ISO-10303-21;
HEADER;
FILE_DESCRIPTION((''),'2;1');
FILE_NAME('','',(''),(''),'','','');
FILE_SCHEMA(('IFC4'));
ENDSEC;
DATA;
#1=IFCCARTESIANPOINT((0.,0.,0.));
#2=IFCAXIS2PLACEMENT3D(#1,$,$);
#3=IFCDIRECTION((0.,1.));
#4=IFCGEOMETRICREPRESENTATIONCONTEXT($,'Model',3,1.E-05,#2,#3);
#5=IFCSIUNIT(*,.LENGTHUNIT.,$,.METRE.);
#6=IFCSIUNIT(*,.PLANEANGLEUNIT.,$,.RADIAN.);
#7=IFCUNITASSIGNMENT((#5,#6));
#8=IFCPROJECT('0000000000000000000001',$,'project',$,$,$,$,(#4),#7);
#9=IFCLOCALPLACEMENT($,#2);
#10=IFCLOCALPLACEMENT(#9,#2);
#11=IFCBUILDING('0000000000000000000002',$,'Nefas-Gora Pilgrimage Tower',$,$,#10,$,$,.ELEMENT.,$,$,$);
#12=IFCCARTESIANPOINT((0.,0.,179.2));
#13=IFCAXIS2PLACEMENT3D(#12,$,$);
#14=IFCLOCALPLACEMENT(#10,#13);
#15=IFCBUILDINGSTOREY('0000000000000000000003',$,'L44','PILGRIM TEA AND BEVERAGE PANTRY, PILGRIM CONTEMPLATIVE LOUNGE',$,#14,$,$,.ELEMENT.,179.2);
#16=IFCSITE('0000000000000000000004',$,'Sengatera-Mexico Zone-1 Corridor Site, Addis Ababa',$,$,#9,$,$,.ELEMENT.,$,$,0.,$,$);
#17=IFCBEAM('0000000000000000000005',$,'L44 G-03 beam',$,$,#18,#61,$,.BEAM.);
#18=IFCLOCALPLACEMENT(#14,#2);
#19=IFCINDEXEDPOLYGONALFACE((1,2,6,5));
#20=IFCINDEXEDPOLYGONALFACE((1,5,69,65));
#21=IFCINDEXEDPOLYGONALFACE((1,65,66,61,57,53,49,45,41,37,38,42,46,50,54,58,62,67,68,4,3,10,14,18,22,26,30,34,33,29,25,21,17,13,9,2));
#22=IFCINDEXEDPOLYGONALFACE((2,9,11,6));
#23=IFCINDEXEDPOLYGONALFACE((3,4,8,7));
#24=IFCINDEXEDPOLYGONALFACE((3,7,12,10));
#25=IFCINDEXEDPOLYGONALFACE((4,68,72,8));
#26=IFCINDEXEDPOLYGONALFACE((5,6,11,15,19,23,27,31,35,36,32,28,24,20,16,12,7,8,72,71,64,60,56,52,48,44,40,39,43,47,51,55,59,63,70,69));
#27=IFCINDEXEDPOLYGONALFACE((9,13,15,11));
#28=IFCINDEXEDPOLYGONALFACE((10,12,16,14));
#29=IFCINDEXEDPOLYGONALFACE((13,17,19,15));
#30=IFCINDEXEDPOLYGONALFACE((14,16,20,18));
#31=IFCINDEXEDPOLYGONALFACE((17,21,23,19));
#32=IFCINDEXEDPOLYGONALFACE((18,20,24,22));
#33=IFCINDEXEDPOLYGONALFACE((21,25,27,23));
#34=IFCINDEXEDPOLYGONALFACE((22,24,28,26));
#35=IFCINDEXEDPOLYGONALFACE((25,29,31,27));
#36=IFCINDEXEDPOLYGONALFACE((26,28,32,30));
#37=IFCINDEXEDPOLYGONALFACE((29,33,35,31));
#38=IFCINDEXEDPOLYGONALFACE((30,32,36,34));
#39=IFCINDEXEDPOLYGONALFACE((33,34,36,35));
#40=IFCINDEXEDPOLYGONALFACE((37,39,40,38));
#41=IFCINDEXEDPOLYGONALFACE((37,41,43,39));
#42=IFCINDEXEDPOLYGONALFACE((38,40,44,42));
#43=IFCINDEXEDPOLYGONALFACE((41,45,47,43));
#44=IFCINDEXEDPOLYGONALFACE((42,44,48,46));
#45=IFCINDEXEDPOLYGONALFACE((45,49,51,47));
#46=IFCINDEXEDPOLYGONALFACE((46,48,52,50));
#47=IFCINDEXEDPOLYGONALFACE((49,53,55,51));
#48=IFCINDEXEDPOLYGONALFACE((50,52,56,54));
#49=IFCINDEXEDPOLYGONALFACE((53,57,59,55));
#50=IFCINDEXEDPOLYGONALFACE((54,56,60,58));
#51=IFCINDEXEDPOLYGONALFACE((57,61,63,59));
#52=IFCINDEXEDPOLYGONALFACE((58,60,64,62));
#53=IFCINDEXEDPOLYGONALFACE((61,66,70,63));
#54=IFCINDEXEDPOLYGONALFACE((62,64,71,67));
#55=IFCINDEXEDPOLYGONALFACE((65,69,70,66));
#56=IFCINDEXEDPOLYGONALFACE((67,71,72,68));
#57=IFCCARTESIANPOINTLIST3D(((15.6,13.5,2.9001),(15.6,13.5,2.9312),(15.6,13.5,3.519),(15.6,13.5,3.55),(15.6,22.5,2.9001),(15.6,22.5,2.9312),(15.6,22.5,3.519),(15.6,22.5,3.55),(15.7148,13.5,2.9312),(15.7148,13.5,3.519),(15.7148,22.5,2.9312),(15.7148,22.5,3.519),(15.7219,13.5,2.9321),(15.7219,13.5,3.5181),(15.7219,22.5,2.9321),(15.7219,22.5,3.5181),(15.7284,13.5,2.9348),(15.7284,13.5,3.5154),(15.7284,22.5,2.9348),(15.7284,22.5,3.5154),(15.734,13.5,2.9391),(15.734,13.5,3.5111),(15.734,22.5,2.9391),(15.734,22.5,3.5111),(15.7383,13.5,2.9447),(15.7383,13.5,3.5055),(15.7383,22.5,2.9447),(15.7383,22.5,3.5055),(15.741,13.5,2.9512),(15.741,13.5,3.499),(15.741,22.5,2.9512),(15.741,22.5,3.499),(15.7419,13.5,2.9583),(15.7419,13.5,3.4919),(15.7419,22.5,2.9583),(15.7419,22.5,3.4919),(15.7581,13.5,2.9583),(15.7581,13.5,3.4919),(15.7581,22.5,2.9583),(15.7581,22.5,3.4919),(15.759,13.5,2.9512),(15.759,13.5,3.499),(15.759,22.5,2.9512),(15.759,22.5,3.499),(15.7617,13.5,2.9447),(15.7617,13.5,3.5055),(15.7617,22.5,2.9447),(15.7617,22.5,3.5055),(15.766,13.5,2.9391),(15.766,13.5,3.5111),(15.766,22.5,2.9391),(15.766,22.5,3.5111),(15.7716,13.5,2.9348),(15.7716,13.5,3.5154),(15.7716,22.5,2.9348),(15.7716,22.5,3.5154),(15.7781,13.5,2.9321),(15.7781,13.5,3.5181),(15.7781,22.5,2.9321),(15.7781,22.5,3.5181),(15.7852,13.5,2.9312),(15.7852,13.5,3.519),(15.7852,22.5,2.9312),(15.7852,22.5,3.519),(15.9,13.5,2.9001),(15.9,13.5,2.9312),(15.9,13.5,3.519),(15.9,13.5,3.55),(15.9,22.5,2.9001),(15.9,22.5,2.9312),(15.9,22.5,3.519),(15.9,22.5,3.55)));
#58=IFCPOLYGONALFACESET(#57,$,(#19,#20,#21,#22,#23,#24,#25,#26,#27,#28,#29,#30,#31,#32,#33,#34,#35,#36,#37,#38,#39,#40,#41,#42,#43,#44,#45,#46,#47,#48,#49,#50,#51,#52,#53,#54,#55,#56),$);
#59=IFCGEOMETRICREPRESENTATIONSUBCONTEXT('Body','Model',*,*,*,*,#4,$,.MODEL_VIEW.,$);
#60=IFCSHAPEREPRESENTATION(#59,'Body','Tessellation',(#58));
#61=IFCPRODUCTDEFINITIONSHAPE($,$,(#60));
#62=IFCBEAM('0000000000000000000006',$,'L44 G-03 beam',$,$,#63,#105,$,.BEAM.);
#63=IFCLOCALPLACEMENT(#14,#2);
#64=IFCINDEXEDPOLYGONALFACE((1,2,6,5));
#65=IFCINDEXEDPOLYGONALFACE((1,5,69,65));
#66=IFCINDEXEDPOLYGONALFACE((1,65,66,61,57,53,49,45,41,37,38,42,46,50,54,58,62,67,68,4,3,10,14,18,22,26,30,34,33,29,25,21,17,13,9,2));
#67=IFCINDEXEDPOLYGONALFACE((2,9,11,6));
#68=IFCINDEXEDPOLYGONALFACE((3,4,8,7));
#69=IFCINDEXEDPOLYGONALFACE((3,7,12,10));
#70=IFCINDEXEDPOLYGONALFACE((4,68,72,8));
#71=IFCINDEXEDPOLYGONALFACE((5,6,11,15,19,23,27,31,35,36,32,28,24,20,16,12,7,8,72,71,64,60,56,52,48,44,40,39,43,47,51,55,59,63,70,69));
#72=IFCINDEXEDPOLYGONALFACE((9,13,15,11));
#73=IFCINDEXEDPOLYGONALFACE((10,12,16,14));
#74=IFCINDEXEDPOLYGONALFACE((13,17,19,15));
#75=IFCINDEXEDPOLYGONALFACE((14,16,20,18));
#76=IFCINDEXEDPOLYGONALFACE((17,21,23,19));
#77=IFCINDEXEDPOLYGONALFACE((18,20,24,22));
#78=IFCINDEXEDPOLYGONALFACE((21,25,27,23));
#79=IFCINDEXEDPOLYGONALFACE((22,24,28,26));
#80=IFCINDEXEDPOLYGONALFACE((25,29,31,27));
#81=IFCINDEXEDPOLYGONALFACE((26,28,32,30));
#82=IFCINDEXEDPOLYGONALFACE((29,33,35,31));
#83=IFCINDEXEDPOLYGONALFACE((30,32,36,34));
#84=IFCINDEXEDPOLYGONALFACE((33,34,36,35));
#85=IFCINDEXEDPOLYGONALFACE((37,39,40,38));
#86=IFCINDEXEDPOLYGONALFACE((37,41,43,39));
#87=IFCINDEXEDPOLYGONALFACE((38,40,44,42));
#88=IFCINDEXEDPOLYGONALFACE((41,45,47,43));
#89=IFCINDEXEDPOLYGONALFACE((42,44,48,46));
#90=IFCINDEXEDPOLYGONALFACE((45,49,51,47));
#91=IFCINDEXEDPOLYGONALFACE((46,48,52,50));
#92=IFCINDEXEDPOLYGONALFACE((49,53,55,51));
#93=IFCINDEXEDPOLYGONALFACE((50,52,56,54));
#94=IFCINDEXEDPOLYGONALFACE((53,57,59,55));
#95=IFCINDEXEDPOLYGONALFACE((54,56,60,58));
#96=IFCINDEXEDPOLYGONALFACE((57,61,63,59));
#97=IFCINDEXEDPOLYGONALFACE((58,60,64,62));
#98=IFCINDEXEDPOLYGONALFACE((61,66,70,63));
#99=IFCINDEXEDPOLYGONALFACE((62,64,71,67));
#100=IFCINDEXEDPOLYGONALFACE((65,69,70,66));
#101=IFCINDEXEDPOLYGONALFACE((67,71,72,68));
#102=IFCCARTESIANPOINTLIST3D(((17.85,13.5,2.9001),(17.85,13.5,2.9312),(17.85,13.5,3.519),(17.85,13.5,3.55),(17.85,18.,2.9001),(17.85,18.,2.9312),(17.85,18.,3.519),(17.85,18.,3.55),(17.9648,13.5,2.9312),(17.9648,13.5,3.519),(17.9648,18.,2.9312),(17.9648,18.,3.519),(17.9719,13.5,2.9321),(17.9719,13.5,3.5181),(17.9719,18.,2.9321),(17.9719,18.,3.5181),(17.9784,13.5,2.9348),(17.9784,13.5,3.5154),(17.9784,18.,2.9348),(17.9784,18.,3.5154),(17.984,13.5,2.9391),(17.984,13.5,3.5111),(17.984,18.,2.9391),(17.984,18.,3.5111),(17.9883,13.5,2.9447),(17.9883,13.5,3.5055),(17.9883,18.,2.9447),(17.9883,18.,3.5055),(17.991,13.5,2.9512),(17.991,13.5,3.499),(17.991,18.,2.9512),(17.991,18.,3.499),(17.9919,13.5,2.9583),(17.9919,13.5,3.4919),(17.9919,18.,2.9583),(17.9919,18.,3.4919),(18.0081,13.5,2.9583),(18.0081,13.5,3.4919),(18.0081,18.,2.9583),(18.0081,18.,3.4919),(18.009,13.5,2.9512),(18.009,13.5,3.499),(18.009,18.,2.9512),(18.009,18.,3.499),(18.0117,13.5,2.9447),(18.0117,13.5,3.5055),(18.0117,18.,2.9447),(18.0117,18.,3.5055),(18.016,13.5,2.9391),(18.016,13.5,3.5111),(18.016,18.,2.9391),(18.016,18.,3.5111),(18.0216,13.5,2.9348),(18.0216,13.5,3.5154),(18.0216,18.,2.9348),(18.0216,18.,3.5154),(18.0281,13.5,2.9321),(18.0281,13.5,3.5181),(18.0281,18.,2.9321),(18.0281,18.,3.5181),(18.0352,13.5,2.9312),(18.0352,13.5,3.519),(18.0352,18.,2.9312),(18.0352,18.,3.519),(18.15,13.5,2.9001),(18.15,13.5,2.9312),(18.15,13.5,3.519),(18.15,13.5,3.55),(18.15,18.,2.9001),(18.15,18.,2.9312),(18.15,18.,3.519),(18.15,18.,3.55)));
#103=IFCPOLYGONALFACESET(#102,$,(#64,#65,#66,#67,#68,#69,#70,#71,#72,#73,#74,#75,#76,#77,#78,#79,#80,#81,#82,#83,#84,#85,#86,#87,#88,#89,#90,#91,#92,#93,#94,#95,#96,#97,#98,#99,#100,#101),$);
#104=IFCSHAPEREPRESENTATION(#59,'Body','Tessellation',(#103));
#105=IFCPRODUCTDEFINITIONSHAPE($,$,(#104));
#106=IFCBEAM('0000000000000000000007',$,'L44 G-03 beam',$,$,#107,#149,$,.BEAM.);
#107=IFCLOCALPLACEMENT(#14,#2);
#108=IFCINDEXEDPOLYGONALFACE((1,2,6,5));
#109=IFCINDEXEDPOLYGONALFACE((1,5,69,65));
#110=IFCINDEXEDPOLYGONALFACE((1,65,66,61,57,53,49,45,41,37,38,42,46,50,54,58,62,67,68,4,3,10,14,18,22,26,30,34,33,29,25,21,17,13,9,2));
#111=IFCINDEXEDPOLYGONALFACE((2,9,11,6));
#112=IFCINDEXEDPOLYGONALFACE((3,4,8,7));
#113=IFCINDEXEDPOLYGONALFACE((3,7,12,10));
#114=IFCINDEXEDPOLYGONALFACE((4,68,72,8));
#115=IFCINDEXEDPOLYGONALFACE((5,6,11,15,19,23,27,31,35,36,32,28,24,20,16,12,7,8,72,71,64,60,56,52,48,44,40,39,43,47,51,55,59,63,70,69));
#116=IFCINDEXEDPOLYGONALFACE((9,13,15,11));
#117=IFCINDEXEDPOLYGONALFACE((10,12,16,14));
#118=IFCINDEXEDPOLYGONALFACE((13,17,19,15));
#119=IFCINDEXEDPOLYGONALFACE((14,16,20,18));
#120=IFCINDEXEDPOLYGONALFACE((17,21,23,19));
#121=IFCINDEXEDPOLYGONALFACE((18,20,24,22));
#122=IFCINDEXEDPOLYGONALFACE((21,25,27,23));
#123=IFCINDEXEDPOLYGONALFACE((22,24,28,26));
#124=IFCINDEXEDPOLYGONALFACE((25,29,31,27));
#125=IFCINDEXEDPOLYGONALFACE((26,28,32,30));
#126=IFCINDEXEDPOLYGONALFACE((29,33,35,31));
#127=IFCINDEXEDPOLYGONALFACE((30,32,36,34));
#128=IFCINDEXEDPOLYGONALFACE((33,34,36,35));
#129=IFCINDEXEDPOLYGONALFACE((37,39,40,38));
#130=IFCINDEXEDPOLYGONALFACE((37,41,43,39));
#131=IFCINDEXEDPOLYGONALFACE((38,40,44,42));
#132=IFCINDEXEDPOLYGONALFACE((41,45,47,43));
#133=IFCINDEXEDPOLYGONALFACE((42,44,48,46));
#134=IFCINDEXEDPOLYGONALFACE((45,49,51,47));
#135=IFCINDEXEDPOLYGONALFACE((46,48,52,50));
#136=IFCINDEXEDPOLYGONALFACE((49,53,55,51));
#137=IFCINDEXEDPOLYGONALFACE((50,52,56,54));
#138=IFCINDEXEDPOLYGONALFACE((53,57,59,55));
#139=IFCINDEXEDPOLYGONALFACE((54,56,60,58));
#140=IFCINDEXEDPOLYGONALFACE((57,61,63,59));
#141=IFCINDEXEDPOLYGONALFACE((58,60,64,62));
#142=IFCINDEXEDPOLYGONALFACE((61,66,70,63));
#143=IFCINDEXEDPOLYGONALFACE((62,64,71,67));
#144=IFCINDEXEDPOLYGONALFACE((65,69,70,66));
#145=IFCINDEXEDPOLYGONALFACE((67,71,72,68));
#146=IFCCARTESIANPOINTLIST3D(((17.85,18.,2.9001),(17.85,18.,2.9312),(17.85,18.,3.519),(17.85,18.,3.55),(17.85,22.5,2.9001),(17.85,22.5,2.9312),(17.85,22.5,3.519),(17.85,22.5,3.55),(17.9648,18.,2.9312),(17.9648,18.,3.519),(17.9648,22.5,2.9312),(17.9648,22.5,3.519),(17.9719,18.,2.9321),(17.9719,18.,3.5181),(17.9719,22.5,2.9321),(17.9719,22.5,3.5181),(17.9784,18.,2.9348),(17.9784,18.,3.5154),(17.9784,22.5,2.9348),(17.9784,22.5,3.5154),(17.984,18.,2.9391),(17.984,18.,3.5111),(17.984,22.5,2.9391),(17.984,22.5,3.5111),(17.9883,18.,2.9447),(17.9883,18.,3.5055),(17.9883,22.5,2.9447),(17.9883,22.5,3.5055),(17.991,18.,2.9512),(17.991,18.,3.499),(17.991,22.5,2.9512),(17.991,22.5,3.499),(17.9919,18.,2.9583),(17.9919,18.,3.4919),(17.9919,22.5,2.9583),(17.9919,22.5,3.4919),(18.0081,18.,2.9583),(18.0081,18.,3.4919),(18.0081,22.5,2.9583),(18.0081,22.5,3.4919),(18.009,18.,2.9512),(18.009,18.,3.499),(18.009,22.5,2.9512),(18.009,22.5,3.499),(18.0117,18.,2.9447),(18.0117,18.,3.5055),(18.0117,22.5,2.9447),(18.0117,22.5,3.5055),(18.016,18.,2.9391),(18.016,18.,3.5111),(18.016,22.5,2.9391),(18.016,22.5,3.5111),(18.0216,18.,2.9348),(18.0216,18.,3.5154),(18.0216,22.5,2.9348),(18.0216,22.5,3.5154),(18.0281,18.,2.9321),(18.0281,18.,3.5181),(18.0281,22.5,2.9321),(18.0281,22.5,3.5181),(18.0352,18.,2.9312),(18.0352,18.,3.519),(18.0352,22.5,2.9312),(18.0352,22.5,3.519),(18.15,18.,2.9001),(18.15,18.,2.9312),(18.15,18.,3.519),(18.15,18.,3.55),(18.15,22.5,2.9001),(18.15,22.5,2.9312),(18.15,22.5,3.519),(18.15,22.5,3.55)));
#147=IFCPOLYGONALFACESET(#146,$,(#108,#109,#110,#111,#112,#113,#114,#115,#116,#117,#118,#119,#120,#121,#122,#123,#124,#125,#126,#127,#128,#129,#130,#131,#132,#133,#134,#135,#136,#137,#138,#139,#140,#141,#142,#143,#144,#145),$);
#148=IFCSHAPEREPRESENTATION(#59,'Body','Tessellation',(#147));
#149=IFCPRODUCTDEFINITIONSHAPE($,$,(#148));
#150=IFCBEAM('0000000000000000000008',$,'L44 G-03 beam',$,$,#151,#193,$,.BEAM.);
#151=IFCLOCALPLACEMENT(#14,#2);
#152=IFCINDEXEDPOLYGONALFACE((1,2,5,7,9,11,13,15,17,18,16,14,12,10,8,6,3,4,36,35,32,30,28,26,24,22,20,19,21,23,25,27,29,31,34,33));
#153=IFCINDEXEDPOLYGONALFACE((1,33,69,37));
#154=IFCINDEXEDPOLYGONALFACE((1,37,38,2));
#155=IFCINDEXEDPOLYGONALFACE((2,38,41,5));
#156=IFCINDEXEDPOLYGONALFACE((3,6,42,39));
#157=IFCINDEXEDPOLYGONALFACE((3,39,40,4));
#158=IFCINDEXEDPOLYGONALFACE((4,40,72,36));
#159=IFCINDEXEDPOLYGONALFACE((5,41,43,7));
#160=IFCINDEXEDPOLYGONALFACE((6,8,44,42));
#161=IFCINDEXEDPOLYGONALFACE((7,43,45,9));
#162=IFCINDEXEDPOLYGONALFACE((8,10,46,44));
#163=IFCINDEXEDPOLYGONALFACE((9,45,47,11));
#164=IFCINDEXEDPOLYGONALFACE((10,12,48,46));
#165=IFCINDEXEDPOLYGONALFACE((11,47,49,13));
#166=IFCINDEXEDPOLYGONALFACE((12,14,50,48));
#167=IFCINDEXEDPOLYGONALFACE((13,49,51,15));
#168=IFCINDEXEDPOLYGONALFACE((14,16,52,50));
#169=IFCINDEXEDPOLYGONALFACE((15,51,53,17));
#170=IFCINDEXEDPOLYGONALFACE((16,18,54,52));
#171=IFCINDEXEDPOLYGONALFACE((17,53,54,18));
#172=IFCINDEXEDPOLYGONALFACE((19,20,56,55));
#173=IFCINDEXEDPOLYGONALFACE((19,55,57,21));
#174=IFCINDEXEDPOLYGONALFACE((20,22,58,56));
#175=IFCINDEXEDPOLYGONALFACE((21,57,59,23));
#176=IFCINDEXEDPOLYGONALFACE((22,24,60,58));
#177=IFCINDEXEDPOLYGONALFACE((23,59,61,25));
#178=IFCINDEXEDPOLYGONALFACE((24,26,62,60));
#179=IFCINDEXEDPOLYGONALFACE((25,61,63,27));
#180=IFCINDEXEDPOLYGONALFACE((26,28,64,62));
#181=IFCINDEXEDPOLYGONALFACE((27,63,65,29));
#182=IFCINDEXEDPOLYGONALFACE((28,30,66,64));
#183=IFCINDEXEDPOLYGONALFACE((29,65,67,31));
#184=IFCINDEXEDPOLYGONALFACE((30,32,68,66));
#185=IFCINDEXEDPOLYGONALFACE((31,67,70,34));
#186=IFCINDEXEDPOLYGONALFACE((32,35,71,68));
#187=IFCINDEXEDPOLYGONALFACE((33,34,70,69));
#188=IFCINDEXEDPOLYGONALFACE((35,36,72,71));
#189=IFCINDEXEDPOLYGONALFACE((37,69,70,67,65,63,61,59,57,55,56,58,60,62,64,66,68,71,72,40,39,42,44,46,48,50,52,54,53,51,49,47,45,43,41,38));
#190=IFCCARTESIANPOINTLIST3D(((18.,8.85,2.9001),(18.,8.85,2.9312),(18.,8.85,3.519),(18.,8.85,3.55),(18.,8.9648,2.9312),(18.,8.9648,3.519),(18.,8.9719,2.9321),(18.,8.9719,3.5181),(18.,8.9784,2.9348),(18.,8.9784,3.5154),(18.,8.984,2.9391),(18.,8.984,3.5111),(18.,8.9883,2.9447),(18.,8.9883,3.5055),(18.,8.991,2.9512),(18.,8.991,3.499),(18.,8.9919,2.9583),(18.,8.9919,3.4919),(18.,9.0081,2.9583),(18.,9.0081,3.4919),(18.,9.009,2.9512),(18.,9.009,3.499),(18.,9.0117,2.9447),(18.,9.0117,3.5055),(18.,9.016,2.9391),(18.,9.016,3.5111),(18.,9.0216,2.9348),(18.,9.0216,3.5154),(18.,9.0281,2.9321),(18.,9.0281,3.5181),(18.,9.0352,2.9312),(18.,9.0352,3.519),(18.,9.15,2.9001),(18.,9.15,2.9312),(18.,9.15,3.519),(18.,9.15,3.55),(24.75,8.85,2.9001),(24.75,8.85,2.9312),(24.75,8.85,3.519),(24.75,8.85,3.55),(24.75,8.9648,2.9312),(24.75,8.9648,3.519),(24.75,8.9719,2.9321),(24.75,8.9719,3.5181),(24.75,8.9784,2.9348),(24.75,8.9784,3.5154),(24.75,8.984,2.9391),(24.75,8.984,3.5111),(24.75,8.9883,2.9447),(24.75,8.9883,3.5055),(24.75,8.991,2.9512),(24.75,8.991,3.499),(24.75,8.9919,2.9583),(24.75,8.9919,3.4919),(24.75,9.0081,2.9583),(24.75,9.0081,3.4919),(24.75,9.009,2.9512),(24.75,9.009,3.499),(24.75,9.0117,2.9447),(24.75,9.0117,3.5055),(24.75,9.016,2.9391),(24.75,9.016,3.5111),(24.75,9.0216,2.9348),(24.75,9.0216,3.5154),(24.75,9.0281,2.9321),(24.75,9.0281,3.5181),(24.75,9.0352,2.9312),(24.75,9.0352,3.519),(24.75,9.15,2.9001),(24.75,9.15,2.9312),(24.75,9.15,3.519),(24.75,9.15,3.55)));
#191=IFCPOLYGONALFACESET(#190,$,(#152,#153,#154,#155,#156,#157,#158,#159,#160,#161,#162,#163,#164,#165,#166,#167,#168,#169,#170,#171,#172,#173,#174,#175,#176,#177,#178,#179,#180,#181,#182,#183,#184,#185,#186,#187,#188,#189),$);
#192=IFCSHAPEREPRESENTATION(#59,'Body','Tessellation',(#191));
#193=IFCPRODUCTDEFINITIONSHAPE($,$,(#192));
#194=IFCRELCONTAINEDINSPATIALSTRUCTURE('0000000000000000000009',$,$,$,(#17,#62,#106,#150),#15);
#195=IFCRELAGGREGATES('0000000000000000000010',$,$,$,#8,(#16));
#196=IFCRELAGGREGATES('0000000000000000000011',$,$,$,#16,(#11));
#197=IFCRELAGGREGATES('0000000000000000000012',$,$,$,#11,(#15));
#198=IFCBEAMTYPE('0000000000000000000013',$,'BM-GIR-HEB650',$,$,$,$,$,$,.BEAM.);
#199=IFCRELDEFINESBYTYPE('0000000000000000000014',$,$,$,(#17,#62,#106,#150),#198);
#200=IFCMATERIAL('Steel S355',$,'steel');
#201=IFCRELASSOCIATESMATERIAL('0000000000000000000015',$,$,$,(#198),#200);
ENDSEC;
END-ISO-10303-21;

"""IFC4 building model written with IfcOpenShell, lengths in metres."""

from ifc_helpers import new_model, si_unit, direction, frame, origin, origin_2d, place, context, subcontext, project, spatial, i_section, extrude, source, transform, mapped, material, material_profile, profile_set, type_object, element, save


model = new_model("IFC4")

# Units and contexts
model_context = context("Model", 3, precision=1e-05, world=origin(), true_north=direction((0.0, 1.0)))
body_context = subcontext(model_context, "Body", "Model", "MODEL_VIEW")
ifc_project = project(units=[si_unit("LENGTHUNIT", "METRE"), si_unit("PLANEANGLEUNIT", "RADIAN")], contexts=[model_context])

# Site, building, storey
site_placement = place(None, origin())
site = spatial("IfcSite", under=ifc_project, at=site_placement, Name="Sengatera-Mexico Zone-1 Corridor Site, Addis Ababa", CompositionType="ELEMENT", RefElevation=0.0)
building_placement = place(site_placement, origin())
building = spatial("IfcBuilding", under=site, at=building_placement, Name="Nefas-Gora Pilgrimage Tower", CompositionType="ELEMENT")
storey_placement = place(building_placement, frame((0.0, 0.0, 179.2)))
storey = spatial("IfcBuildingStorey", under=building, at=storey_placement, Name="L44", Description="PILGRIM TEA AND BEVERAGE PANTRY, PILGRIM CONTEMPLATIVE LOUNGE", CompositionType="ELEMENT", Elevation=179.2)

# Beams
ifc_material_1 = material(Name="Steel S355", Category="steel")
ifc_material_profile_1 = material_profile(ifc_material_1, i_section(OverallWidth=0.3, OverallDepth=0.6499, WebThickness=0.0161, FlangeThickness=0.031, FilletRadius=0.0271, at=origin_2d()), Name="HEB 650")
ifc_profile_set_1 = profile_set([ifc_material_profile_1], Name="Steel S355")
beam_type_1 = type_object("IfcBeamType", Name="BM-GIR-HEB650", PredefinedType="BEAM", material=ifc_profile_set_1)
shared_shape_1 = source(origin(), body_context, "Body", "SweptSolid", [
    extrude(i_section(OverallWidth=0.3, OverallDepth=0.6499, WebThickness=0.0161, FlangeThickness=0.031, FilletRadius=0.0271, at=origin_2d()), origin(), (0.0, 0.0, 1.0), 9.0),
])
beam_1_placement = place(storey_placement, frame((15.75, 13.5, 3.2251), z_axis=(0.0, 1.0, 0.0), x_axis=(-1.0, 0.0, 0.0)))
element("IfcBeam", 1, at=beam_1_placement, inside=storey, type_object=beam_type_1, Name="L44 G-03 beam", PredefinedType="BEAM", context=body_context, shape_type="MappedRepresentation", body=[
    mapped(shared_shape_1, transform((0.0, 0.0, 0.0), x_axis=(1.0, 0.0, 0.0), y_axis=(0.0, 1.0, 0.0), z_axis=(0.0, 0.0, 1.0), scale=1.0)),
])
shared_shape_2 = source(origin(), body_context, "Body", "SweptSolid", [
    extrude(i_section(OverallWidth=0.3, OverallDepth=0.6499, WebThickness=0.0161, FlangeThickness=0.031, FilletRadius=0.0271, at=origin_2d()), origin(), (0.0, 0.0, 1.0), 4.5),
])
for number, where, z_axis, x_axis, name in (
    (2, (18.0, 13.5, 3.2251), (0.0, 1.0, 0.0), (-1.0, 0.0, 0.0), "L44 G-03 beam"),
    (3, (18.0, 18.0, 3.2251), (0.0, 1.0, 0.0), (-1.0, 0.0, 0.0), "L44 G-03 beam"),
):
    element("IfcBeam", number, at=place(storey_placement, frame(where, z_axis=z_axis, x_axis=x_axis)), inside=storey, type_object=beam_type_1, Name=name, PredefinedType="BEAM", context=body_context, shape_type="MappedRepresentation", body=[
        mapped(shared_shape_2, transform((0.0, 0.0, 0.0), x_axis=(1.0, 0.0, 0.0), y_axis=(0.0, 1.0, 0.0), z_axis=(0.0, 0.0, 1.0), scale=1.0)),
    ])
shared_shape_3 = source(origin(), body_context, "Body", "SweptSolid", [
    extrude(i_section(OverallWidth=0.3, OverallDepth=0.6499, WebThickness=0.0161, FlangeThickness=0.031, FilletRadius=0.0271, at=origin_2d()), origin(), (0.0, 0.0, 1.0), 6.75),
])
for number, where, z_axis, x_axis, name in (
    (4, (18.0, 9.0, 3.2251), (1.0, 0.0, 0.0), (0.0, 1.0, 0.0), "L44 G-03 beam"),
):
    element("IfcBeam", number, at=place(storey_placement, frame(where, z_axis=z_axis, x_axis=x_axis)), inside=storey, type_object=beam_type_1, Name=name, PredefinedType="BEAM", context=body_context, shape_type="MappedRepresentation", body=[
        mapped(shared_shape_3, transform((0.0, 0.0, 0.0), x_axis=(1.0, 0.0, 0.0), y_axis=(0.0, 1.0, 0.0), z_axis=(0.0, 0.0, 1.0), scale=1.0)),
    ])

save(model, "model.ifc")
